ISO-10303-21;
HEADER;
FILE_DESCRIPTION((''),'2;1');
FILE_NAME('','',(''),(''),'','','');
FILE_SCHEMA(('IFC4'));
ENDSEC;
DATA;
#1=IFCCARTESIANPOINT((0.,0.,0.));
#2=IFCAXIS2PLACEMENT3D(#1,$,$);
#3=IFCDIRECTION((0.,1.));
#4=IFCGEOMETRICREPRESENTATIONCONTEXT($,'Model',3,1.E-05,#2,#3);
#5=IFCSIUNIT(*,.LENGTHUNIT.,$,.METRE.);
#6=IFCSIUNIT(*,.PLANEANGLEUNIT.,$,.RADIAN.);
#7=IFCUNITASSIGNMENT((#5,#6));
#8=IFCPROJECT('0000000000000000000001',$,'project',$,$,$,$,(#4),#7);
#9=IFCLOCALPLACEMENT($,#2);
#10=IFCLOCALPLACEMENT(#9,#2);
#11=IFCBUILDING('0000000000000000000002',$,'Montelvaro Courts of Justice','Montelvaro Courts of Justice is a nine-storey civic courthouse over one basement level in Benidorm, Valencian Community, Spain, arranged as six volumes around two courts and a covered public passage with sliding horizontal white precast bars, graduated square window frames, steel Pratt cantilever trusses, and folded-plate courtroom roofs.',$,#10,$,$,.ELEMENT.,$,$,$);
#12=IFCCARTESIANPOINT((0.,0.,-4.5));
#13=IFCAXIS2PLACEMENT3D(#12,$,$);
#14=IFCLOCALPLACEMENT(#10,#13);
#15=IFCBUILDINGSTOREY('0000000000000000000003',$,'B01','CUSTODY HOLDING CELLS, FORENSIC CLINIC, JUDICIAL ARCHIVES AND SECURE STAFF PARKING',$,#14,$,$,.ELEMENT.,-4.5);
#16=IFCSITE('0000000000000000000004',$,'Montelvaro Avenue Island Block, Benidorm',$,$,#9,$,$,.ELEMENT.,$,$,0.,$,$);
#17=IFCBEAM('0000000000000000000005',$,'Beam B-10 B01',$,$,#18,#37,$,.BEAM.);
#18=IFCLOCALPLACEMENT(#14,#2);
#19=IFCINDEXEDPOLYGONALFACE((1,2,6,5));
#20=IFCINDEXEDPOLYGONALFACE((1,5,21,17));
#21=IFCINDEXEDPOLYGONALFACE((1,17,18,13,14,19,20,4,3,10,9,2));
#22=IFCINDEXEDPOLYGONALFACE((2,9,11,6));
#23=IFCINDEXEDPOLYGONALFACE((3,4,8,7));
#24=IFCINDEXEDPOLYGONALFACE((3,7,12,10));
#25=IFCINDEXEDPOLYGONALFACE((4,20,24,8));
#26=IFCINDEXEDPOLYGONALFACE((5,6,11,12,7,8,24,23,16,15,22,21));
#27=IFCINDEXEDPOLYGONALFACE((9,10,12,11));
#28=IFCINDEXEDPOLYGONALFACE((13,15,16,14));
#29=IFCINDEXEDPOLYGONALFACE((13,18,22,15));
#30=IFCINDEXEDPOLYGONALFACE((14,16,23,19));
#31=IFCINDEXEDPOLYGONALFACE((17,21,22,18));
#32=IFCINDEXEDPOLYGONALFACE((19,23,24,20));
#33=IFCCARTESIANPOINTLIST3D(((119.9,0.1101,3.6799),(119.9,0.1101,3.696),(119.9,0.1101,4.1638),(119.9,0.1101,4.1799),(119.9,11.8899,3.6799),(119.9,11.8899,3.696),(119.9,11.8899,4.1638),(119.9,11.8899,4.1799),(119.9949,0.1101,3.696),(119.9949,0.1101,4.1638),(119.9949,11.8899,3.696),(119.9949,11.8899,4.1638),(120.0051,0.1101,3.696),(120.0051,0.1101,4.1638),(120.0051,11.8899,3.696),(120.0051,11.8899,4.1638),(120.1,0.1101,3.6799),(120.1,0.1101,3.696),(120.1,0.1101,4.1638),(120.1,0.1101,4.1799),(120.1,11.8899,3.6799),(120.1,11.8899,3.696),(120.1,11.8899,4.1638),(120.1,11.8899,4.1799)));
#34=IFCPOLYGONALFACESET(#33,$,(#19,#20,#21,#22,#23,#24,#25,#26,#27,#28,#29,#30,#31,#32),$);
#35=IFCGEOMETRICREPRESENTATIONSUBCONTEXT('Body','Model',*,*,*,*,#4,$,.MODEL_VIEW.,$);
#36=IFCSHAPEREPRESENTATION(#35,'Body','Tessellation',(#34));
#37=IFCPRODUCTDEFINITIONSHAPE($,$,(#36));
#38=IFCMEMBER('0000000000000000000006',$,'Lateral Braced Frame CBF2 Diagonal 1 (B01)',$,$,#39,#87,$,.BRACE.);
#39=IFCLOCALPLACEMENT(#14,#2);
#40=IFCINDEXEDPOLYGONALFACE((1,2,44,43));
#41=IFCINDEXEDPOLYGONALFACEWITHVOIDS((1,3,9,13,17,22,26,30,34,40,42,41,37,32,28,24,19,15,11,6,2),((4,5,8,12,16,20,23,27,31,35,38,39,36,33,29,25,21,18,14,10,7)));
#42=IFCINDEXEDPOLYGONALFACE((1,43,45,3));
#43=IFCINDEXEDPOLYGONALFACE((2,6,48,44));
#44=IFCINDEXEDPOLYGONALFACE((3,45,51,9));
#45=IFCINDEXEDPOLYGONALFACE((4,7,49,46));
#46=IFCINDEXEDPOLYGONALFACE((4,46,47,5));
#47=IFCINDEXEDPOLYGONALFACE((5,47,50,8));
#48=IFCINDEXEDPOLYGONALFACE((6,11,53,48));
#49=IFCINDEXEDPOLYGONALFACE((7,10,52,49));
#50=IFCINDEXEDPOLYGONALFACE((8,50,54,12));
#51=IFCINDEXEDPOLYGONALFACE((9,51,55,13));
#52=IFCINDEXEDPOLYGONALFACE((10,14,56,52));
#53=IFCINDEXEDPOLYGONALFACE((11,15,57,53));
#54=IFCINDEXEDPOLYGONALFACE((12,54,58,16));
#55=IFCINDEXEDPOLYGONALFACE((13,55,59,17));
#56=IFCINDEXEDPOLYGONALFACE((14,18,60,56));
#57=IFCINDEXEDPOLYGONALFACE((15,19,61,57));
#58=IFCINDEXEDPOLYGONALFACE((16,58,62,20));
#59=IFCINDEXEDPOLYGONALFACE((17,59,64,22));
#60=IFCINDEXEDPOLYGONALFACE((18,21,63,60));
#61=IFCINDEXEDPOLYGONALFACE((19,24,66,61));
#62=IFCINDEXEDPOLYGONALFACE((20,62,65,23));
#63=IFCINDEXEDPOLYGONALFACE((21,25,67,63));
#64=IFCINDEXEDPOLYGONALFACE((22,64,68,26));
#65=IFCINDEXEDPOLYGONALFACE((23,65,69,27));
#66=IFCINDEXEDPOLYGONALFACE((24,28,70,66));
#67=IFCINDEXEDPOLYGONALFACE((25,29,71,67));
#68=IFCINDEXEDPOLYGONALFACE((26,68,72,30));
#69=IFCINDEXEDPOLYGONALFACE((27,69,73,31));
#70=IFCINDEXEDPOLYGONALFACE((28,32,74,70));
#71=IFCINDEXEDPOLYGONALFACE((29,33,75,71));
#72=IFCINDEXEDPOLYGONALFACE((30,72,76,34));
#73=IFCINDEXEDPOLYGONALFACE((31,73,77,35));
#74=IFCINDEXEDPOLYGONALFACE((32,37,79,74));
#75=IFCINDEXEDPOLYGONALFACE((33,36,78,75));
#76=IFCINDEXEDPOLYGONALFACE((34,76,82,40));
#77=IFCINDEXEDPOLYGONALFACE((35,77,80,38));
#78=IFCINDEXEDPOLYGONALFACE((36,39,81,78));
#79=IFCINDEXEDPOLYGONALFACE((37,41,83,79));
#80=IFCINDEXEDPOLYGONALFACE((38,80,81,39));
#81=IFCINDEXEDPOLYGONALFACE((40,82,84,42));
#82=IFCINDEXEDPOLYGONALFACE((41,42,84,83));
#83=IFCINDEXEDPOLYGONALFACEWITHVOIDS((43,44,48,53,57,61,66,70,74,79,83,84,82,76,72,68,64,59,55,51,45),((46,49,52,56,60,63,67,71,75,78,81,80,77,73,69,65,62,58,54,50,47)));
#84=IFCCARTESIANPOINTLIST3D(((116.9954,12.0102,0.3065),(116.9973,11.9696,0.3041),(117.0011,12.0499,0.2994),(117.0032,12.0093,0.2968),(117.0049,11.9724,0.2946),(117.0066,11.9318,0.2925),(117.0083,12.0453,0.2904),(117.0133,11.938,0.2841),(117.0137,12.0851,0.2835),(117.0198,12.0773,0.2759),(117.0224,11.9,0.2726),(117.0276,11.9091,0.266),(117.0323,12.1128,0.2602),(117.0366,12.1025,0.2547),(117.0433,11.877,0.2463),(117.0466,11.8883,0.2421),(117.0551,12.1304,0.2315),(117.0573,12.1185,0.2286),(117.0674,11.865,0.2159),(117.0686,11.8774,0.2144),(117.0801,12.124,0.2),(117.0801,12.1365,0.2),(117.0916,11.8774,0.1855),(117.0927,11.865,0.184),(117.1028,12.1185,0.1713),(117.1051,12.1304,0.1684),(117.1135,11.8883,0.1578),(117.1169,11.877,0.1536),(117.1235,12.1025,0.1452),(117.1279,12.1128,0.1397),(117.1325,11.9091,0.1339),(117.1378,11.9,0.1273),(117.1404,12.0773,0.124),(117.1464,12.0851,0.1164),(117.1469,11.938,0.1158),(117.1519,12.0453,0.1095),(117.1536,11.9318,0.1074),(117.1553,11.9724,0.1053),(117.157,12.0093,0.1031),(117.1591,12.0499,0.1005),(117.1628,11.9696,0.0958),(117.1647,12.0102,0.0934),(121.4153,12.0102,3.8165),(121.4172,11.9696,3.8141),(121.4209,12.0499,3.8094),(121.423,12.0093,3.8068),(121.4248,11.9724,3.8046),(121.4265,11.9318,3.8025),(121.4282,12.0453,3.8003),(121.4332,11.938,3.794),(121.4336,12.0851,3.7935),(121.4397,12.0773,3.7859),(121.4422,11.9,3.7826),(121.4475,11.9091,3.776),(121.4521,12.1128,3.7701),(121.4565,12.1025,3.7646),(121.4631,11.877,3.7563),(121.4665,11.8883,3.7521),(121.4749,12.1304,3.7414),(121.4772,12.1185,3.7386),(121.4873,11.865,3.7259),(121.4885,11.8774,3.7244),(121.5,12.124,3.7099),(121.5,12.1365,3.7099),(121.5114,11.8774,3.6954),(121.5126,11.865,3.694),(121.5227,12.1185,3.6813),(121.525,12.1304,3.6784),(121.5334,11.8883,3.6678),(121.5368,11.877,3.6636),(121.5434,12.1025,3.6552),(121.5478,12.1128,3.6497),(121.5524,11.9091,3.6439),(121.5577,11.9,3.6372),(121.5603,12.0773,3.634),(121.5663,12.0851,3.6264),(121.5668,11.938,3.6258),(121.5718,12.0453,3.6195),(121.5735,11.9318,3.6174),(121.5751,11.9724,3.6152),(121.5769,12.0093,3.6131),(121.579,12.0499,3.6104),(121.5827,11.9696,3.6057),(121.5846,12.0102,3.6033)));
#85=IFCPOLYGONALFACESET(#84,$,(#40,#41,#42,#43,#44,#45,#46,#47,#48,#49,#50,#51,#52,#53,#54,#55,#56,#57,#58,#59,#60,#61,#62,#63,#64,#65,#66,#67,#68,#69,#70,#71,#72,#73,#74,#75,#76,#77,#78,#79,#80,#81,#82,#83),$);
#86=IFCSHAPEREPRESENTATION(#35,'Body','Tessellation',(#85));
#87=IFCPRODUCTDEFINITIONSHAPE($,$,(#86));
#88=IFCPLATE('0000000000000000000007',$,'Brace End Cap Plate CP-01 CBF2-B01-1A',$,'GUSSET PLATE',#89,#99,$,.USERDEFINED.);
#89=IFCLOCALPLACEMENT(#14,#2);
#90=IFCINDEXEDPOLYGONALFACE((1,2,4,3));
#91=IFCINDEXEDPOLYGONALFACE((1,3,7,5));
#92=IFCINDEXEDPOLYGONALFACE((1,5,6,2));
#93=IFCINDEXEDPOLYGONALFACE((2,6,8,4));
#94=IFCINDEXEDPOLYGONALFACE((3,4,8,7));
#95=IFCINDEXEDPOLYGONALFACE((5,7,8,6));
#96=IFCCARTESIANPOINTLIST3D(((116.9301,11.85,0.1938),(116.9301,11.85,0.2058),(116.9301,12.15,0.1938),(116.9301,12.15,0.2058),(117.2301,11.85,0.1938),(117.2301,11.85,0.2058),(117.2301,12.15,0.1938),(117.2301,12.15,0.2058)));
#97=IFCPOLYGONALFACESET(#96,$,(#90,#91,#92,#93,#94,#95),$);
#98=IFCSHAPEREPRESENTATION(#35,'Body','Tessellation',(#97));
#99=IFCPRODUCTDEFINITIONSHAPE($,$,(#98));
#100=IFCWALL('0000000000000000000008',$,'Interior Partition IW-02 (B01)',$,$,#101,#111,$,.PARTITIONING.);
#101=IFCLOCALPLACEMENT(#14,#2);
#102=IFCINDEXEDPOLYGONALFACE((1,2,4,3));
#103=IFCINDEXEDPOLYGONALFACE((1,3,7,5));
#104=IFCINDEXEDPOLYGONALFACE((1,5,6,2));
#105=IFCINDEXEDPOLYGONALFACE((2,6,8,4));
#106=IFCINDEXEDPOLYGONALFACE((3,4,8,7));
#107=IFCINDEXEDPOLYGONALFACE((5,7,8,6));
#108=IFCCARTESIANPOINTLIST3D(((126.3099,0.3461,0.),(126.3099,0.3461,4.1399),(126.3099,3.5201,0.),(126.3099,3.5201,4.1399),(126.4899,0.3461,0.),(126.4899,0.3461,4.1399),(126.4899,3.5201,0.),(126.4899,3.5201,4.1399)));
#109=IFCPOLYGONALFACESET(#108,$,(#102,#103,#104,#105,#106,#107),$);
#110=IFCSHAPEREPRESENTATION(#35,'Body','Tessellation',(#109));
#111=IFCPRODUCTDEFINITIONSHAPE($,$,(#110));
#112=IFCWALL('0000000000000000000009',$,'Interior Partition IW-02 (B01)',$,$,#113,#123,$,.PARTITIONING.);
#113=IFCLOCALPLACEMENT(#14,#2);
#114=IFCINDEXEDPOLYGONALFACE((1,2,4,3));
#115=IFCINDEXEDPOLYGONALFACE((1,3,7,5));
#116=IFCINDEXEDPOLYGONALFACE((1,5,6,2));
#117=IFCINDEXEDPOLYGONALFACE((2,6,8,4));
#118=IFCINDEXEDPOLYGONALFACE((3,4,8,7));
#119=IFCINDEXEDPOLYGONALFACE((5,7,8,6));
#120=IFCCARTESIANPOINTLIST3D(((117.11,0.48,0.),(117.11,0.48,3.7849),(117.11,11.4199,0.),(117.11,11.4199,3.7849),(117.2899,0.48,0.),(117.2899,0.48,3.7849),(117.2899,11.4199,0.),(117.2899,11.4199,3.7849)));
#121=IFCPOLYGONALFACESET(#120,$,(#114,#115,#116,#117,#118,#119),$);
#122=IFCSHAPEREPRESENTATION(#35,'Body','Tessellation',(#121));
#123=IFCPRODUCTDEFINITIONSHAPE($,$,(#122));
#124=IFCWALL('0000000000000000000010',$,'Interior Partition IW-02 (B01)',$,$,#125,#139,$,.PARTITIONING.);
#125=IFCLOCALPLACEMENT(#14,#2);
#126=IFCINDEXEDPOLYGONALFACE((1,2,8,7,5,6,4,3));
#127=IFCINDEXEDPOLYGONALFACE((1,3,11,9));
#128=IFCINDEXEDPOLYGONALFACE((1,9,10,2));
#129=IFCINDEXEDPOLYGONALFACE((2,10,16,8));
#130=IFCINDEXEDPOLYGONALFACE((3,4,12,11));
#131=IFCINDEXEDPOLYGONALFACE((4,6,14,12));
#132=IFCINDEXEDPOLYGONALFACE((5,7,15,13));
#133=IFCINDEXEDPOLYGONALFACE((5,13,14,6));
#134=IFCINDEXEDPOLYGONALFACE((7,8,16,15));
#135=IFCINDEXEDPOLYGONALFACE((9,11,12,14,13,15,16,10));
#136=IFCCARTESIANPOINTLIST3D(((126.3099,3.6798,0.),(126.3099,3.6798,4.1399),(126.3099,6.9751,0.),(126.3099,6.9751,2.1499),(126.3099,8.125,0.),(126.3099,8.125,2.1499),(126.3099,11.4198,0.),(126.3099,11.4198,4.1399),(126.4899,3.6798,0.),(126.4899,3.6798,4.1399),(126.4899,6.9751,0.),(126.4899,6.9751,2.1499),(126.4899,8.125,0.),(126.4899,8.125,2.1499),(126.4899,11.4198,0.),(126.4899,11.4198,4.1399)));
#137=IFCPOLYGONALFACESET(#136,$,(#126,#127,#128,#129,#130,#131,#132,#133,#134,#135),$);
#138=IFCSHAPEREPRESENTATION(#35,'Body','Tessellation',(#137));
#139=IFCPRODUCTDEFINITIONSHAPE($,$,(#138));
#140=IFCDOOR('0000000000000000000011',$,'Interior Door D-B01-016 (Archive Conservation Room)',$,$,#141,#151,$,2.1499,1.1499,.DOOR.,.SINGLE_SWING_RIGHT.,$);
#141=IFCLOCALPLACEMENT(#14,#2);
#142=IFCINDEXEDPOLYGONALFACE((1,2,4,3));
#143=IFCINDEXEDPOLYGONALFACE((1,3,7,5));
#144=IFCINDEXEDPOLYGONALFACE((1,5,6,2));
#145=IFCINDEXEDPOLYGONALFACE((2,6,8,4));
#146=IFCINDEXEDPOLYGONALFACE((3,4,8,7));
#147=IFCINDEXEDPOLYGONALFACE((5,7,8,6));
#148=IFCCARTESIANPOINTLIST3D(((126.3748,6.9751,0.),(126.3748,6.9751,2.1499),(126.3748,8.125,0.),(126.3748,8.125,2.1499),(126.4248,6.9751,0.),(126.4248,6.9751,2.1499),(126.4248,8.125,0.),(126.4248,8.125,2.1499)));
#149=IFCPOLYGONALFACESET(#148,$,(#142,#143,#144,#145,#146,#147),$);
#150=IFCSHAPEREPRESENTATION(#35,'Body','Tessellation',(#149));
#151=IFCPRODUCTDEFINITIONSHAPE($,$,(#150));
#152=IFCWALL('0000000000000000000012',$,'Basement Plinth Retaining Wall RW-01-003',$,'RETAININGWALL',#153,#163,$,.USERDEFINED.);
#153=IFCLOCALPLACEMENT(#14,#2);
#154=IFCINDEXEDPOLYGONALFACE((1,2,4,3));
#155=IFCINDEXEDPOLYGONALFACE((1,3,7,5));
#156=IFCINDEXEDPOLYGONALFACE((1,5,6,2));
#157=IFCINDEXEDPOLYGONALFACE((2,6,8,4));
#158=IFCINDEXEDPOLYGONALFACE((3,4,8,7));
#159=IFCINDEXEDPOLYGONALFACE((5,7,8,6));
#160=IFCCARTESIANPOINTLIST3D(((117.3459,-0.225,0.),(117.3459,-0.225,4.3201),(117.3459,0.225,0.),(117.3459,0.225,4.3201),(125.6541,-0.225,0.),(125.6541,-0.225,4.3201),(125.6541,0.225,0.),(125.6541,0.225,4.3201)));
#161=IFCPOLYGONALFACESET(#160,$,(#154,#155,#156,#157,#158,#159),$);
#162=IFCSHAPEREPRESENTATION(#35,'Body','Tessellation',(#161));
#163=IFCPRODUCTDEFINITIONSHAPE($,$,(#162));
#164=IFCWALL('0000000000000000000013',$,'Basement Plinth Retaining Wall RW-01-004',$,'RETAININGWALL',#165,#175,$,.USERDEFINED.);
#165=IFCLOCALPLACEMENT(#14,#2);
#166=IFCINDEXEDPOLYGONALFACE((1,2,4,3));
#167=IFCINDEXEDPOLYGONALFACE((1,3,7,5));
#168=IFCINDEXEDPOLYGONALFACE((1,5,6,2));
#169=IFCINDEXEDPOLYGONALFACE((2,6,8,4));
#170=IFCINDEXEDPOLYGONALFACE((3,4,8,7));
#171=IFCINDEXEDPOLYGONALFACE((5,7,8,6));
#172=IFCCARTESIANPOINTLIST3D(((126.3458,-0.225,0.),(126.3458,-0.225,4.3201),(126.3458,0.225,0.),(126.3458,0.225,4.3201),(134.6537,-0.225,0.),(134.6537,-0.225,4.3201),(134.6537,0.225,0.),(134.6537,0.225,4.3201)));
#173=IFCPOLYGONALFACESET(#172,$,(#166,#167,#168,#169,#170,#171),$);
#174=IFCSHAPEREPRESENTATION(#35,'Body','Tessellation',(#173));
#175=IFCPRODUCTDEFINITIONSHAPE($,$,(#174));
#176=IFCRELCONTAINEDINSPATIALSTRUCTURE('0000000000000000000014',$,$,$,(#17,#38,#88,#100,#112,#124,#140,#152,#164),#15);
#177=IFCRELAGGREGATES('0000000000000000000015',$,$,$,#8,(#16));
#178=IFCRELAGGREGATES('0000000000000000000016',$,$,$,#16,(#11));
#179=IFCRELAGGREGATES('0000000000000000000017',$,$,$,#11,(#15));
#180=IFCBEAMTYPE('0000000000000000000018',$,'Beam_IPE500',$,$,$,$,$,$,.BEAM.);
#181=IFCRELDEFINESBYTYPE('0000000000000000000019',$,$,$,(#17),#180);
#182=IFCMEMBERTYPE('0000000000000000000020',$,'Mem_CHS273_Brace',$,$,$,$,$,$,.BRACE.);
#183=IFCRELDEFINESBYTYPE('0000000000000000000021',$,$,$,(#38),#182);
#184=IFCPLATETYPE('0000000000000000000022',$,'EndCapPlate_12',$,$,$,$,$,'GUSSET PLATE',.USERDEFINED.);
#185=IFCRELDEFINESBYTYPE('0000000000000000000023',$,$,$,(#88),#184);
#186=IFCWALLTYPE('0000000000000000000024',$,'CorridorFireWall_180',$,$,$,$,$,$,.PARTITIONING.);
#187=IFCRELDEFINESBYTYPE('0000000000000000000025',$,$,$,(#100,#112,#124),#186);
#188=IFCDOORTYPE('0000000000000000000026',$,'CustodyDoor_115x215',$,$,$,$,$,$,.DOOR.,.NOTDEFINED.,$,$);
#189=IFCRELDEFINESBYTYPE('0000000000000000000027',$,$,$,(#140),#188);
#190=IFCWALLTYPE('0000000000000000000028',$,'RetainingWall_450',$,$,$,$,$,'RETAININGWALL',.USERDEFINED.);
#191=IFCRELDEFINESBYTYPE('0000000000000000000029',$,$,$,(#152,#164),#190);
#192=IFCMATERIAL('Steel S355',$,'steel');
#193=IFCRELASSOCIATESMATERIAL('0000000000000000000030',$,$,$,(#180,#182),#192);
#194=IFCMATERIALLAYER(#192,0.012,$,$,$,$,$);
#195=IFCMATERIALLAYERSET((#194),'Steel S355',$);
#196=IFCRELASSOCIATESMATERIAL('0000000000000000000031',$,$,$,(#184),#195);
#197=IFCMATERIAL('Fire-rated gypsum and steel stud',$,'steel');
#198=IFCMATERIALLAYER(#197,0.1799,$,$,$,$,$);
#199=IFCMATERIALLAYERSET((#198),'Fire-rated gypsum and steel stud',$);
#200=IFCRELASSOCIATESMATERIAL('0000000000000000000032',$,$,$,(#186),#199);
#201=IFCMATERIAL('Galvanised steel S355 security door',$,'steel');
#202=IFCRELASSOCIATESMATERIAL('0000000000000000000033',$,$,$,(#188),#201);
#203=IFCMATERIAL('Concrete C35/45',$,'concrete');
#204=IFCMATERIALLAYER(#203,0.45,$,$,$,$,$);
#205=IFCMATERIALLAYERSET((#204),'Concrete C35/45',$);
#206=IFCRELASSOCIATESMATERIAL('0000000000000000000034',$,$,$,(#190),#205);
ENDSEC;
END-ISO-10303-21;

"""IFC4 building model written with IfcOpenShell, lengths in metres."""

from ifc_helpers import new_model, si_unit, direction, frame, frame_2d, origin, origin_2d, place, context, subcontext, project, spatial, rectangle, hollow_circle, i_section, extrude, material, layer, layer_set, material_profile, profile_set, type_object, element, fill, save


model = new_model("IFC4")

# Units and contexts
model_context = context("Model", 3, precision=1e-05, world=origin(), true_north=direction((0.0, 1.0)))
body_context = subcontext(model_context, "Body", "Model", "MODEL_VIEW")
ifc_project = project(units=[si_unit("LENGTHUNIT", "METRE"), si_unit("PLANEANGLEUNIT", "RADIAN")], contexts=[model_context])

# Site, building, storey
site_placement = place(None, origin())
site = spatial("IfcSite", under=ifc_project, at=site_placement, Name="Montelvaro Avenue Island Block, Benidorm", CompositionType="ELEMENT", RefElevation=0.0)
building_placement = place(site_placement, origin())
building = spatial("IfcBuilding", under=site, at=building_placement, Name="Montelvaro Courts of Justice", Description="Montelvaro Courts of Justice is a nine-storey civic courthouse over one basement level in Benidorm, Valencian Community, Spain, arranged as six volumes around two courts and a covered public passage with sliding horizontal white precast bars, graduated square window frames, steel Pratt cantilever trusses, and folded-plate courtroom roofs.", CompositionType="ELEMENT")
storey_placement = place(building_placement, frame((0.0, 0.0, -4.5)))
storey = spatial("IfcBuildingStorey", under=building, at=storey_placement, Name="B01", Description="CUSTODY HOLDING CELLS, FORENSIC CLINIC, JUDICIAL ARCHIVES AND SECURE STAFF PARKING", CompositionType="ELEMENT", Elevation=-4.5)

# Shared definitions
ifc_material_1 = material(Name="Concrete C35/45", Category="concrete")

# Beam
ifc_material_2 = material(Name="Steel S355", Category="steel")
ifc_material_profile_1 = material_profile(ifc_material_2, i_section(OverallWidth=0.2, OverallDepth=0.5, WebThickness=0.0103, FlangeThickness=0.0161, at=origin_2d()), Name="IPE 500")
ifc_profile_set_1 = profile_set([ifc_material_profile_1], Name="Steel S355")
beam_type_1 = type_object("IfcBeamType", Name="Beam_IPE500", PredefinedType="BEAM", material=ifc_profile_set_1)
beam_1_placement = place(storey_placement, frame((120.0, 0.1101, 3.9299), z_axis=(0.0, 1.0, 0.0), x_axis=(-1.0, 0.0, 0.0)))
element("IfcBeam", 1, at=beam_1_placement, inside=storey, type_object=beam_type_1, Name="Beam B-10 B01", PredefinedType="BEAM", context=body_context, shape_type="SweptSolid", body=[
    extrude(i_section(OverallWidth=0.2, OverallDepth=0.5, WebThickness=0.0103, FlangeThickness=0.0161, at=origin_2d()), origin(), (0.0, 0.0, 1.0), 11.7798),
])

# Member
ifc_material_profile_2 = material_profile(ifc_material_2, hollow_circle(Radius=0.1365, WallThickness=0.0125, at=origin_2d()), Name="CHS 273x12.5")
ifc_profile_set_2 = profile_set([ifc_material_profile_2], Name="Steel S355")
member_type = type_object("IfcMemberType", Name="Mem_CHS273_Brace", PredefinedType="BRACE", material=ifc_profile_set_2)
member_placement = place(storey_placement, frame((117.0801, 12.0, 0.2), z_axis=(0.783105, 0.0, 0.62189), x_axis=(0.0, 1.0, 0.0)))
element("IfcMember", 2, at=member_placement, inside=storey, type_object=member_type, Name="Lateral Braced Frame CBF2 Diagonal 1 (B01)", PredefinedType="BRACE", context=body_context, shape_type="SweptSolid", body=[
    extrude(hollow_circle(Radius=0.1365, WallThickness=0.0125, at=origin_2d()), origin(), (0.0, 0.0, 1.0), 5.644),
])

# Plate
ifc_layer_1 = layer(ifc_material_2, 0.012)
ifc_layer_set_1 = layer_set([ifc_layer_1], Name="Steel S355")
plate_type = type_object("IfcPlateType", Name="EndCapPlate_12", ElementType="GUSSET PLATE", PredefinedType="USERDEFINED", material=ifc_layer_set_1)
plate_placement = place(storey_placement, frame((117.0801, 12.0, 0.1938), z_axis=(0.0, 0.0, 1.0), x_axis=(1.0, 0.0, 0.0)))
element("IfcPlate", 3, at=plate_placement, inside=storey, type_object=plate_type, Name="Brace End Cap Plate CP-01 CBF2-B01-1A", ObjectType="GUSSET PLATE", PredefinedType="USERDEFINED", context=body_context, shape_type="SweptSolid", body=[
    extrude(rectangle(XDim=0.3, YDim=0.3, at=origin_2d()), origin(), (0.0, 0.0, 1.0), 0.012),
])

# Walls
ifc_material_3 = material(Name="Fire-rated gypsum and steel stud", Category="steel")
ifc_layer_2 = layer(ifc_material_3, 0.1799)
ifc_layer_set_2 = layer_set([ifc_layer_2], Name="Fire-rated gypsum and steel stud")
wall_type_1 = type_object("IfcWallType", Name="CorridorFireWall_180", PredefinedType="PARTITIONING", material=ifc_layer_set_2)
wall_1_placement = place(storey_placement, frame((126.3999, 3.52, 0.0), z_axis=(0.0, 0.0, 1.0), x_axis=(0.0, -1.0, 0.0)))
element("IfcWall", 4, at=wall_1_placement, inside=storey, type_object=wall_type_1, Name="Interior Partition IW-02 (B01)", PredefinedType="PARTITIONING", context=body_context, shape_type="SweptSolid", body=[
    extrude(rectangle(XDim=3.1741, YDim=0.1799, at=frame_2d((1.5869, 0.0))), origin(), (0.0, 0.0, 1.0), 4.1399),
])
wall_2_placement = place(storey_placement, frame((117.2, 0.48, 0.0), z_axis=(0.0, 0.0, 1.0), x_axis=(0.0, 1.0, 0.0)))
element("IfcWall", 5, at=wall_2_placement, inside=storey, type_object=wall_type_1, Name="Interior Partition IW-02 (B01)", PredefinedType="PARTITIONING", context=body_context, shape_type="SweptSolid", body=[
    extrude(rectangle(XDim=10.9399, YDim=0.1799, at=frame_2d((5.47, 0.0))), origin(), (0.0, 0.0, 1.0), 3.7849),
])

# Wall, opening, door
wall_3_placement = place(storey_placement, frame((126.3999, 11.4199, 0.0), z_axis=(0.0, 0.0, 1.0), x_axis=(0.0, -1.0, 0.0)))
wall_3 = element("IfcWall", 6, at=wall_3_placement, inside=storey, type_object=wall_type_1, Name="Interior Partition IW-02 (B01)", PredefinedType="PARTITIONING", context=body_context, shape_type="SweptSolid", body=[
    extrude(rectangle(XDim=7.74, YDim=0.1799, at=frame_2d((3.8701, 0.0))), origin(), (0.0, 0.0, 1.0), 4.1399),
])
opening_placement = place(wall_3_placement, frame((3.2949, 0.0, 0.0)))
opening = element("IfcOpeningElement", 7, at=opening_placement, cuts=wall_3, PredefinedType="OPENING", context=body_context, shape_type="SweptSolid", body=[
    extrude(rectangle(XDim=1.1499, YDim=2.1499, at=frame_2d((0.575, 1.075))), frame((0.0, 0.105, 0.0), z_axis=(0.0, -1.0, 0.0), x_axis=(1.0, 0.0, 0.0)), (0.0, 0.0, 1.0), 0.2097),
])
ifc_material_4 = material(Name="Galvanised steel S355 security door", Category="steel")
door_type = type_object("IfcDoorType", Name="CustodyDoor_115x215", OperationType="NOTDEFINED", PredefinedType="DOOR", material=ifc_material_4)
door_placement = place(opening_placement, origin())
door = element("IfcDoor", 8, at=door_placement, inside=storey, type_object=door_type, Name="Interior Door D-B01-016 (Archive Conservation Room)", OperationType="SINGLE_SWING_RIGHT", OverallHeight=2.1499, OverallWidth=1.1499, PredefinedType="DOOR", context=body_context, shape_type="SweptSolid", body=[
    extrude(rectangle(XDim=1.1499, YDim=2.1499, at=frame_2d((0.575, 1.075))), frame((0.0, 0.0249, 0.0), z_axis=(0.0, -1.0, 0.0), x_axis=(1.0, 0.0, 0.0)), (0.0, 0.0, 1.0), 0.05),
])
fill(opening, door)

# Walls
ifc_layer_3 = layer(ifc_material_1, 0.45)
ifc_layer_set_3 = layer_set([ifc_layer_3], Name="Concrete C35/45")
wall_type_2 = type_object("IfcWallType", Name="RetainingWall_450", ElementType="RETAININGWALL", PredefinedType="USERDEFINED", material=ifc_layer_set_3)
wall_4_placement = place(storey_placement, frame((117.3459, 0.0, 0.0), z_axis=(0.0, 0.0, 1.0), x_axis=(1.0, 0.0, 0.0)))
element("IfcWall", 9, at=wall_4_placement, inside=storey, type_object=wall_type_2, Name="Basement Plinth Retaining Wall RW-01-003", ObjectType="RETAININGWALL", PredefinedType="USERDEFINED", context=body_context, shape_type="SweptSolid", body=[
    extrude(rectangle(XDim=8.3081, YDim=0.45, at=frame_2d((4.1541, 0.0))), origin(), (0.0, 0.0, 1.0), 4.3201),
])
wall_5_placement = place(storey_placement, frame((126.3459, 0.0, 0.0), z_axis=(0.0, 0.0, 1.0), x_axis=(1.0, 0.0, 0.0)))
element("IfcWall", 10, at=wall_5_placement, inside=storey, type_object=wall_type_2, Name="Basement Plinth Retaining Wall RW-01-004", ObjectType="RETAININGWALL", PredefinedType="USERDEFINED", context=body_context, shape_type="SweptSolid", body=[
    extrude(rectangle(XDim=8.3079, YDim=0.45, at=frame_2d((4.1538, 0.0))), origin(), (0.0, 0.0, 1.0), 4.3201),
])

save(model, "model.ifc")
